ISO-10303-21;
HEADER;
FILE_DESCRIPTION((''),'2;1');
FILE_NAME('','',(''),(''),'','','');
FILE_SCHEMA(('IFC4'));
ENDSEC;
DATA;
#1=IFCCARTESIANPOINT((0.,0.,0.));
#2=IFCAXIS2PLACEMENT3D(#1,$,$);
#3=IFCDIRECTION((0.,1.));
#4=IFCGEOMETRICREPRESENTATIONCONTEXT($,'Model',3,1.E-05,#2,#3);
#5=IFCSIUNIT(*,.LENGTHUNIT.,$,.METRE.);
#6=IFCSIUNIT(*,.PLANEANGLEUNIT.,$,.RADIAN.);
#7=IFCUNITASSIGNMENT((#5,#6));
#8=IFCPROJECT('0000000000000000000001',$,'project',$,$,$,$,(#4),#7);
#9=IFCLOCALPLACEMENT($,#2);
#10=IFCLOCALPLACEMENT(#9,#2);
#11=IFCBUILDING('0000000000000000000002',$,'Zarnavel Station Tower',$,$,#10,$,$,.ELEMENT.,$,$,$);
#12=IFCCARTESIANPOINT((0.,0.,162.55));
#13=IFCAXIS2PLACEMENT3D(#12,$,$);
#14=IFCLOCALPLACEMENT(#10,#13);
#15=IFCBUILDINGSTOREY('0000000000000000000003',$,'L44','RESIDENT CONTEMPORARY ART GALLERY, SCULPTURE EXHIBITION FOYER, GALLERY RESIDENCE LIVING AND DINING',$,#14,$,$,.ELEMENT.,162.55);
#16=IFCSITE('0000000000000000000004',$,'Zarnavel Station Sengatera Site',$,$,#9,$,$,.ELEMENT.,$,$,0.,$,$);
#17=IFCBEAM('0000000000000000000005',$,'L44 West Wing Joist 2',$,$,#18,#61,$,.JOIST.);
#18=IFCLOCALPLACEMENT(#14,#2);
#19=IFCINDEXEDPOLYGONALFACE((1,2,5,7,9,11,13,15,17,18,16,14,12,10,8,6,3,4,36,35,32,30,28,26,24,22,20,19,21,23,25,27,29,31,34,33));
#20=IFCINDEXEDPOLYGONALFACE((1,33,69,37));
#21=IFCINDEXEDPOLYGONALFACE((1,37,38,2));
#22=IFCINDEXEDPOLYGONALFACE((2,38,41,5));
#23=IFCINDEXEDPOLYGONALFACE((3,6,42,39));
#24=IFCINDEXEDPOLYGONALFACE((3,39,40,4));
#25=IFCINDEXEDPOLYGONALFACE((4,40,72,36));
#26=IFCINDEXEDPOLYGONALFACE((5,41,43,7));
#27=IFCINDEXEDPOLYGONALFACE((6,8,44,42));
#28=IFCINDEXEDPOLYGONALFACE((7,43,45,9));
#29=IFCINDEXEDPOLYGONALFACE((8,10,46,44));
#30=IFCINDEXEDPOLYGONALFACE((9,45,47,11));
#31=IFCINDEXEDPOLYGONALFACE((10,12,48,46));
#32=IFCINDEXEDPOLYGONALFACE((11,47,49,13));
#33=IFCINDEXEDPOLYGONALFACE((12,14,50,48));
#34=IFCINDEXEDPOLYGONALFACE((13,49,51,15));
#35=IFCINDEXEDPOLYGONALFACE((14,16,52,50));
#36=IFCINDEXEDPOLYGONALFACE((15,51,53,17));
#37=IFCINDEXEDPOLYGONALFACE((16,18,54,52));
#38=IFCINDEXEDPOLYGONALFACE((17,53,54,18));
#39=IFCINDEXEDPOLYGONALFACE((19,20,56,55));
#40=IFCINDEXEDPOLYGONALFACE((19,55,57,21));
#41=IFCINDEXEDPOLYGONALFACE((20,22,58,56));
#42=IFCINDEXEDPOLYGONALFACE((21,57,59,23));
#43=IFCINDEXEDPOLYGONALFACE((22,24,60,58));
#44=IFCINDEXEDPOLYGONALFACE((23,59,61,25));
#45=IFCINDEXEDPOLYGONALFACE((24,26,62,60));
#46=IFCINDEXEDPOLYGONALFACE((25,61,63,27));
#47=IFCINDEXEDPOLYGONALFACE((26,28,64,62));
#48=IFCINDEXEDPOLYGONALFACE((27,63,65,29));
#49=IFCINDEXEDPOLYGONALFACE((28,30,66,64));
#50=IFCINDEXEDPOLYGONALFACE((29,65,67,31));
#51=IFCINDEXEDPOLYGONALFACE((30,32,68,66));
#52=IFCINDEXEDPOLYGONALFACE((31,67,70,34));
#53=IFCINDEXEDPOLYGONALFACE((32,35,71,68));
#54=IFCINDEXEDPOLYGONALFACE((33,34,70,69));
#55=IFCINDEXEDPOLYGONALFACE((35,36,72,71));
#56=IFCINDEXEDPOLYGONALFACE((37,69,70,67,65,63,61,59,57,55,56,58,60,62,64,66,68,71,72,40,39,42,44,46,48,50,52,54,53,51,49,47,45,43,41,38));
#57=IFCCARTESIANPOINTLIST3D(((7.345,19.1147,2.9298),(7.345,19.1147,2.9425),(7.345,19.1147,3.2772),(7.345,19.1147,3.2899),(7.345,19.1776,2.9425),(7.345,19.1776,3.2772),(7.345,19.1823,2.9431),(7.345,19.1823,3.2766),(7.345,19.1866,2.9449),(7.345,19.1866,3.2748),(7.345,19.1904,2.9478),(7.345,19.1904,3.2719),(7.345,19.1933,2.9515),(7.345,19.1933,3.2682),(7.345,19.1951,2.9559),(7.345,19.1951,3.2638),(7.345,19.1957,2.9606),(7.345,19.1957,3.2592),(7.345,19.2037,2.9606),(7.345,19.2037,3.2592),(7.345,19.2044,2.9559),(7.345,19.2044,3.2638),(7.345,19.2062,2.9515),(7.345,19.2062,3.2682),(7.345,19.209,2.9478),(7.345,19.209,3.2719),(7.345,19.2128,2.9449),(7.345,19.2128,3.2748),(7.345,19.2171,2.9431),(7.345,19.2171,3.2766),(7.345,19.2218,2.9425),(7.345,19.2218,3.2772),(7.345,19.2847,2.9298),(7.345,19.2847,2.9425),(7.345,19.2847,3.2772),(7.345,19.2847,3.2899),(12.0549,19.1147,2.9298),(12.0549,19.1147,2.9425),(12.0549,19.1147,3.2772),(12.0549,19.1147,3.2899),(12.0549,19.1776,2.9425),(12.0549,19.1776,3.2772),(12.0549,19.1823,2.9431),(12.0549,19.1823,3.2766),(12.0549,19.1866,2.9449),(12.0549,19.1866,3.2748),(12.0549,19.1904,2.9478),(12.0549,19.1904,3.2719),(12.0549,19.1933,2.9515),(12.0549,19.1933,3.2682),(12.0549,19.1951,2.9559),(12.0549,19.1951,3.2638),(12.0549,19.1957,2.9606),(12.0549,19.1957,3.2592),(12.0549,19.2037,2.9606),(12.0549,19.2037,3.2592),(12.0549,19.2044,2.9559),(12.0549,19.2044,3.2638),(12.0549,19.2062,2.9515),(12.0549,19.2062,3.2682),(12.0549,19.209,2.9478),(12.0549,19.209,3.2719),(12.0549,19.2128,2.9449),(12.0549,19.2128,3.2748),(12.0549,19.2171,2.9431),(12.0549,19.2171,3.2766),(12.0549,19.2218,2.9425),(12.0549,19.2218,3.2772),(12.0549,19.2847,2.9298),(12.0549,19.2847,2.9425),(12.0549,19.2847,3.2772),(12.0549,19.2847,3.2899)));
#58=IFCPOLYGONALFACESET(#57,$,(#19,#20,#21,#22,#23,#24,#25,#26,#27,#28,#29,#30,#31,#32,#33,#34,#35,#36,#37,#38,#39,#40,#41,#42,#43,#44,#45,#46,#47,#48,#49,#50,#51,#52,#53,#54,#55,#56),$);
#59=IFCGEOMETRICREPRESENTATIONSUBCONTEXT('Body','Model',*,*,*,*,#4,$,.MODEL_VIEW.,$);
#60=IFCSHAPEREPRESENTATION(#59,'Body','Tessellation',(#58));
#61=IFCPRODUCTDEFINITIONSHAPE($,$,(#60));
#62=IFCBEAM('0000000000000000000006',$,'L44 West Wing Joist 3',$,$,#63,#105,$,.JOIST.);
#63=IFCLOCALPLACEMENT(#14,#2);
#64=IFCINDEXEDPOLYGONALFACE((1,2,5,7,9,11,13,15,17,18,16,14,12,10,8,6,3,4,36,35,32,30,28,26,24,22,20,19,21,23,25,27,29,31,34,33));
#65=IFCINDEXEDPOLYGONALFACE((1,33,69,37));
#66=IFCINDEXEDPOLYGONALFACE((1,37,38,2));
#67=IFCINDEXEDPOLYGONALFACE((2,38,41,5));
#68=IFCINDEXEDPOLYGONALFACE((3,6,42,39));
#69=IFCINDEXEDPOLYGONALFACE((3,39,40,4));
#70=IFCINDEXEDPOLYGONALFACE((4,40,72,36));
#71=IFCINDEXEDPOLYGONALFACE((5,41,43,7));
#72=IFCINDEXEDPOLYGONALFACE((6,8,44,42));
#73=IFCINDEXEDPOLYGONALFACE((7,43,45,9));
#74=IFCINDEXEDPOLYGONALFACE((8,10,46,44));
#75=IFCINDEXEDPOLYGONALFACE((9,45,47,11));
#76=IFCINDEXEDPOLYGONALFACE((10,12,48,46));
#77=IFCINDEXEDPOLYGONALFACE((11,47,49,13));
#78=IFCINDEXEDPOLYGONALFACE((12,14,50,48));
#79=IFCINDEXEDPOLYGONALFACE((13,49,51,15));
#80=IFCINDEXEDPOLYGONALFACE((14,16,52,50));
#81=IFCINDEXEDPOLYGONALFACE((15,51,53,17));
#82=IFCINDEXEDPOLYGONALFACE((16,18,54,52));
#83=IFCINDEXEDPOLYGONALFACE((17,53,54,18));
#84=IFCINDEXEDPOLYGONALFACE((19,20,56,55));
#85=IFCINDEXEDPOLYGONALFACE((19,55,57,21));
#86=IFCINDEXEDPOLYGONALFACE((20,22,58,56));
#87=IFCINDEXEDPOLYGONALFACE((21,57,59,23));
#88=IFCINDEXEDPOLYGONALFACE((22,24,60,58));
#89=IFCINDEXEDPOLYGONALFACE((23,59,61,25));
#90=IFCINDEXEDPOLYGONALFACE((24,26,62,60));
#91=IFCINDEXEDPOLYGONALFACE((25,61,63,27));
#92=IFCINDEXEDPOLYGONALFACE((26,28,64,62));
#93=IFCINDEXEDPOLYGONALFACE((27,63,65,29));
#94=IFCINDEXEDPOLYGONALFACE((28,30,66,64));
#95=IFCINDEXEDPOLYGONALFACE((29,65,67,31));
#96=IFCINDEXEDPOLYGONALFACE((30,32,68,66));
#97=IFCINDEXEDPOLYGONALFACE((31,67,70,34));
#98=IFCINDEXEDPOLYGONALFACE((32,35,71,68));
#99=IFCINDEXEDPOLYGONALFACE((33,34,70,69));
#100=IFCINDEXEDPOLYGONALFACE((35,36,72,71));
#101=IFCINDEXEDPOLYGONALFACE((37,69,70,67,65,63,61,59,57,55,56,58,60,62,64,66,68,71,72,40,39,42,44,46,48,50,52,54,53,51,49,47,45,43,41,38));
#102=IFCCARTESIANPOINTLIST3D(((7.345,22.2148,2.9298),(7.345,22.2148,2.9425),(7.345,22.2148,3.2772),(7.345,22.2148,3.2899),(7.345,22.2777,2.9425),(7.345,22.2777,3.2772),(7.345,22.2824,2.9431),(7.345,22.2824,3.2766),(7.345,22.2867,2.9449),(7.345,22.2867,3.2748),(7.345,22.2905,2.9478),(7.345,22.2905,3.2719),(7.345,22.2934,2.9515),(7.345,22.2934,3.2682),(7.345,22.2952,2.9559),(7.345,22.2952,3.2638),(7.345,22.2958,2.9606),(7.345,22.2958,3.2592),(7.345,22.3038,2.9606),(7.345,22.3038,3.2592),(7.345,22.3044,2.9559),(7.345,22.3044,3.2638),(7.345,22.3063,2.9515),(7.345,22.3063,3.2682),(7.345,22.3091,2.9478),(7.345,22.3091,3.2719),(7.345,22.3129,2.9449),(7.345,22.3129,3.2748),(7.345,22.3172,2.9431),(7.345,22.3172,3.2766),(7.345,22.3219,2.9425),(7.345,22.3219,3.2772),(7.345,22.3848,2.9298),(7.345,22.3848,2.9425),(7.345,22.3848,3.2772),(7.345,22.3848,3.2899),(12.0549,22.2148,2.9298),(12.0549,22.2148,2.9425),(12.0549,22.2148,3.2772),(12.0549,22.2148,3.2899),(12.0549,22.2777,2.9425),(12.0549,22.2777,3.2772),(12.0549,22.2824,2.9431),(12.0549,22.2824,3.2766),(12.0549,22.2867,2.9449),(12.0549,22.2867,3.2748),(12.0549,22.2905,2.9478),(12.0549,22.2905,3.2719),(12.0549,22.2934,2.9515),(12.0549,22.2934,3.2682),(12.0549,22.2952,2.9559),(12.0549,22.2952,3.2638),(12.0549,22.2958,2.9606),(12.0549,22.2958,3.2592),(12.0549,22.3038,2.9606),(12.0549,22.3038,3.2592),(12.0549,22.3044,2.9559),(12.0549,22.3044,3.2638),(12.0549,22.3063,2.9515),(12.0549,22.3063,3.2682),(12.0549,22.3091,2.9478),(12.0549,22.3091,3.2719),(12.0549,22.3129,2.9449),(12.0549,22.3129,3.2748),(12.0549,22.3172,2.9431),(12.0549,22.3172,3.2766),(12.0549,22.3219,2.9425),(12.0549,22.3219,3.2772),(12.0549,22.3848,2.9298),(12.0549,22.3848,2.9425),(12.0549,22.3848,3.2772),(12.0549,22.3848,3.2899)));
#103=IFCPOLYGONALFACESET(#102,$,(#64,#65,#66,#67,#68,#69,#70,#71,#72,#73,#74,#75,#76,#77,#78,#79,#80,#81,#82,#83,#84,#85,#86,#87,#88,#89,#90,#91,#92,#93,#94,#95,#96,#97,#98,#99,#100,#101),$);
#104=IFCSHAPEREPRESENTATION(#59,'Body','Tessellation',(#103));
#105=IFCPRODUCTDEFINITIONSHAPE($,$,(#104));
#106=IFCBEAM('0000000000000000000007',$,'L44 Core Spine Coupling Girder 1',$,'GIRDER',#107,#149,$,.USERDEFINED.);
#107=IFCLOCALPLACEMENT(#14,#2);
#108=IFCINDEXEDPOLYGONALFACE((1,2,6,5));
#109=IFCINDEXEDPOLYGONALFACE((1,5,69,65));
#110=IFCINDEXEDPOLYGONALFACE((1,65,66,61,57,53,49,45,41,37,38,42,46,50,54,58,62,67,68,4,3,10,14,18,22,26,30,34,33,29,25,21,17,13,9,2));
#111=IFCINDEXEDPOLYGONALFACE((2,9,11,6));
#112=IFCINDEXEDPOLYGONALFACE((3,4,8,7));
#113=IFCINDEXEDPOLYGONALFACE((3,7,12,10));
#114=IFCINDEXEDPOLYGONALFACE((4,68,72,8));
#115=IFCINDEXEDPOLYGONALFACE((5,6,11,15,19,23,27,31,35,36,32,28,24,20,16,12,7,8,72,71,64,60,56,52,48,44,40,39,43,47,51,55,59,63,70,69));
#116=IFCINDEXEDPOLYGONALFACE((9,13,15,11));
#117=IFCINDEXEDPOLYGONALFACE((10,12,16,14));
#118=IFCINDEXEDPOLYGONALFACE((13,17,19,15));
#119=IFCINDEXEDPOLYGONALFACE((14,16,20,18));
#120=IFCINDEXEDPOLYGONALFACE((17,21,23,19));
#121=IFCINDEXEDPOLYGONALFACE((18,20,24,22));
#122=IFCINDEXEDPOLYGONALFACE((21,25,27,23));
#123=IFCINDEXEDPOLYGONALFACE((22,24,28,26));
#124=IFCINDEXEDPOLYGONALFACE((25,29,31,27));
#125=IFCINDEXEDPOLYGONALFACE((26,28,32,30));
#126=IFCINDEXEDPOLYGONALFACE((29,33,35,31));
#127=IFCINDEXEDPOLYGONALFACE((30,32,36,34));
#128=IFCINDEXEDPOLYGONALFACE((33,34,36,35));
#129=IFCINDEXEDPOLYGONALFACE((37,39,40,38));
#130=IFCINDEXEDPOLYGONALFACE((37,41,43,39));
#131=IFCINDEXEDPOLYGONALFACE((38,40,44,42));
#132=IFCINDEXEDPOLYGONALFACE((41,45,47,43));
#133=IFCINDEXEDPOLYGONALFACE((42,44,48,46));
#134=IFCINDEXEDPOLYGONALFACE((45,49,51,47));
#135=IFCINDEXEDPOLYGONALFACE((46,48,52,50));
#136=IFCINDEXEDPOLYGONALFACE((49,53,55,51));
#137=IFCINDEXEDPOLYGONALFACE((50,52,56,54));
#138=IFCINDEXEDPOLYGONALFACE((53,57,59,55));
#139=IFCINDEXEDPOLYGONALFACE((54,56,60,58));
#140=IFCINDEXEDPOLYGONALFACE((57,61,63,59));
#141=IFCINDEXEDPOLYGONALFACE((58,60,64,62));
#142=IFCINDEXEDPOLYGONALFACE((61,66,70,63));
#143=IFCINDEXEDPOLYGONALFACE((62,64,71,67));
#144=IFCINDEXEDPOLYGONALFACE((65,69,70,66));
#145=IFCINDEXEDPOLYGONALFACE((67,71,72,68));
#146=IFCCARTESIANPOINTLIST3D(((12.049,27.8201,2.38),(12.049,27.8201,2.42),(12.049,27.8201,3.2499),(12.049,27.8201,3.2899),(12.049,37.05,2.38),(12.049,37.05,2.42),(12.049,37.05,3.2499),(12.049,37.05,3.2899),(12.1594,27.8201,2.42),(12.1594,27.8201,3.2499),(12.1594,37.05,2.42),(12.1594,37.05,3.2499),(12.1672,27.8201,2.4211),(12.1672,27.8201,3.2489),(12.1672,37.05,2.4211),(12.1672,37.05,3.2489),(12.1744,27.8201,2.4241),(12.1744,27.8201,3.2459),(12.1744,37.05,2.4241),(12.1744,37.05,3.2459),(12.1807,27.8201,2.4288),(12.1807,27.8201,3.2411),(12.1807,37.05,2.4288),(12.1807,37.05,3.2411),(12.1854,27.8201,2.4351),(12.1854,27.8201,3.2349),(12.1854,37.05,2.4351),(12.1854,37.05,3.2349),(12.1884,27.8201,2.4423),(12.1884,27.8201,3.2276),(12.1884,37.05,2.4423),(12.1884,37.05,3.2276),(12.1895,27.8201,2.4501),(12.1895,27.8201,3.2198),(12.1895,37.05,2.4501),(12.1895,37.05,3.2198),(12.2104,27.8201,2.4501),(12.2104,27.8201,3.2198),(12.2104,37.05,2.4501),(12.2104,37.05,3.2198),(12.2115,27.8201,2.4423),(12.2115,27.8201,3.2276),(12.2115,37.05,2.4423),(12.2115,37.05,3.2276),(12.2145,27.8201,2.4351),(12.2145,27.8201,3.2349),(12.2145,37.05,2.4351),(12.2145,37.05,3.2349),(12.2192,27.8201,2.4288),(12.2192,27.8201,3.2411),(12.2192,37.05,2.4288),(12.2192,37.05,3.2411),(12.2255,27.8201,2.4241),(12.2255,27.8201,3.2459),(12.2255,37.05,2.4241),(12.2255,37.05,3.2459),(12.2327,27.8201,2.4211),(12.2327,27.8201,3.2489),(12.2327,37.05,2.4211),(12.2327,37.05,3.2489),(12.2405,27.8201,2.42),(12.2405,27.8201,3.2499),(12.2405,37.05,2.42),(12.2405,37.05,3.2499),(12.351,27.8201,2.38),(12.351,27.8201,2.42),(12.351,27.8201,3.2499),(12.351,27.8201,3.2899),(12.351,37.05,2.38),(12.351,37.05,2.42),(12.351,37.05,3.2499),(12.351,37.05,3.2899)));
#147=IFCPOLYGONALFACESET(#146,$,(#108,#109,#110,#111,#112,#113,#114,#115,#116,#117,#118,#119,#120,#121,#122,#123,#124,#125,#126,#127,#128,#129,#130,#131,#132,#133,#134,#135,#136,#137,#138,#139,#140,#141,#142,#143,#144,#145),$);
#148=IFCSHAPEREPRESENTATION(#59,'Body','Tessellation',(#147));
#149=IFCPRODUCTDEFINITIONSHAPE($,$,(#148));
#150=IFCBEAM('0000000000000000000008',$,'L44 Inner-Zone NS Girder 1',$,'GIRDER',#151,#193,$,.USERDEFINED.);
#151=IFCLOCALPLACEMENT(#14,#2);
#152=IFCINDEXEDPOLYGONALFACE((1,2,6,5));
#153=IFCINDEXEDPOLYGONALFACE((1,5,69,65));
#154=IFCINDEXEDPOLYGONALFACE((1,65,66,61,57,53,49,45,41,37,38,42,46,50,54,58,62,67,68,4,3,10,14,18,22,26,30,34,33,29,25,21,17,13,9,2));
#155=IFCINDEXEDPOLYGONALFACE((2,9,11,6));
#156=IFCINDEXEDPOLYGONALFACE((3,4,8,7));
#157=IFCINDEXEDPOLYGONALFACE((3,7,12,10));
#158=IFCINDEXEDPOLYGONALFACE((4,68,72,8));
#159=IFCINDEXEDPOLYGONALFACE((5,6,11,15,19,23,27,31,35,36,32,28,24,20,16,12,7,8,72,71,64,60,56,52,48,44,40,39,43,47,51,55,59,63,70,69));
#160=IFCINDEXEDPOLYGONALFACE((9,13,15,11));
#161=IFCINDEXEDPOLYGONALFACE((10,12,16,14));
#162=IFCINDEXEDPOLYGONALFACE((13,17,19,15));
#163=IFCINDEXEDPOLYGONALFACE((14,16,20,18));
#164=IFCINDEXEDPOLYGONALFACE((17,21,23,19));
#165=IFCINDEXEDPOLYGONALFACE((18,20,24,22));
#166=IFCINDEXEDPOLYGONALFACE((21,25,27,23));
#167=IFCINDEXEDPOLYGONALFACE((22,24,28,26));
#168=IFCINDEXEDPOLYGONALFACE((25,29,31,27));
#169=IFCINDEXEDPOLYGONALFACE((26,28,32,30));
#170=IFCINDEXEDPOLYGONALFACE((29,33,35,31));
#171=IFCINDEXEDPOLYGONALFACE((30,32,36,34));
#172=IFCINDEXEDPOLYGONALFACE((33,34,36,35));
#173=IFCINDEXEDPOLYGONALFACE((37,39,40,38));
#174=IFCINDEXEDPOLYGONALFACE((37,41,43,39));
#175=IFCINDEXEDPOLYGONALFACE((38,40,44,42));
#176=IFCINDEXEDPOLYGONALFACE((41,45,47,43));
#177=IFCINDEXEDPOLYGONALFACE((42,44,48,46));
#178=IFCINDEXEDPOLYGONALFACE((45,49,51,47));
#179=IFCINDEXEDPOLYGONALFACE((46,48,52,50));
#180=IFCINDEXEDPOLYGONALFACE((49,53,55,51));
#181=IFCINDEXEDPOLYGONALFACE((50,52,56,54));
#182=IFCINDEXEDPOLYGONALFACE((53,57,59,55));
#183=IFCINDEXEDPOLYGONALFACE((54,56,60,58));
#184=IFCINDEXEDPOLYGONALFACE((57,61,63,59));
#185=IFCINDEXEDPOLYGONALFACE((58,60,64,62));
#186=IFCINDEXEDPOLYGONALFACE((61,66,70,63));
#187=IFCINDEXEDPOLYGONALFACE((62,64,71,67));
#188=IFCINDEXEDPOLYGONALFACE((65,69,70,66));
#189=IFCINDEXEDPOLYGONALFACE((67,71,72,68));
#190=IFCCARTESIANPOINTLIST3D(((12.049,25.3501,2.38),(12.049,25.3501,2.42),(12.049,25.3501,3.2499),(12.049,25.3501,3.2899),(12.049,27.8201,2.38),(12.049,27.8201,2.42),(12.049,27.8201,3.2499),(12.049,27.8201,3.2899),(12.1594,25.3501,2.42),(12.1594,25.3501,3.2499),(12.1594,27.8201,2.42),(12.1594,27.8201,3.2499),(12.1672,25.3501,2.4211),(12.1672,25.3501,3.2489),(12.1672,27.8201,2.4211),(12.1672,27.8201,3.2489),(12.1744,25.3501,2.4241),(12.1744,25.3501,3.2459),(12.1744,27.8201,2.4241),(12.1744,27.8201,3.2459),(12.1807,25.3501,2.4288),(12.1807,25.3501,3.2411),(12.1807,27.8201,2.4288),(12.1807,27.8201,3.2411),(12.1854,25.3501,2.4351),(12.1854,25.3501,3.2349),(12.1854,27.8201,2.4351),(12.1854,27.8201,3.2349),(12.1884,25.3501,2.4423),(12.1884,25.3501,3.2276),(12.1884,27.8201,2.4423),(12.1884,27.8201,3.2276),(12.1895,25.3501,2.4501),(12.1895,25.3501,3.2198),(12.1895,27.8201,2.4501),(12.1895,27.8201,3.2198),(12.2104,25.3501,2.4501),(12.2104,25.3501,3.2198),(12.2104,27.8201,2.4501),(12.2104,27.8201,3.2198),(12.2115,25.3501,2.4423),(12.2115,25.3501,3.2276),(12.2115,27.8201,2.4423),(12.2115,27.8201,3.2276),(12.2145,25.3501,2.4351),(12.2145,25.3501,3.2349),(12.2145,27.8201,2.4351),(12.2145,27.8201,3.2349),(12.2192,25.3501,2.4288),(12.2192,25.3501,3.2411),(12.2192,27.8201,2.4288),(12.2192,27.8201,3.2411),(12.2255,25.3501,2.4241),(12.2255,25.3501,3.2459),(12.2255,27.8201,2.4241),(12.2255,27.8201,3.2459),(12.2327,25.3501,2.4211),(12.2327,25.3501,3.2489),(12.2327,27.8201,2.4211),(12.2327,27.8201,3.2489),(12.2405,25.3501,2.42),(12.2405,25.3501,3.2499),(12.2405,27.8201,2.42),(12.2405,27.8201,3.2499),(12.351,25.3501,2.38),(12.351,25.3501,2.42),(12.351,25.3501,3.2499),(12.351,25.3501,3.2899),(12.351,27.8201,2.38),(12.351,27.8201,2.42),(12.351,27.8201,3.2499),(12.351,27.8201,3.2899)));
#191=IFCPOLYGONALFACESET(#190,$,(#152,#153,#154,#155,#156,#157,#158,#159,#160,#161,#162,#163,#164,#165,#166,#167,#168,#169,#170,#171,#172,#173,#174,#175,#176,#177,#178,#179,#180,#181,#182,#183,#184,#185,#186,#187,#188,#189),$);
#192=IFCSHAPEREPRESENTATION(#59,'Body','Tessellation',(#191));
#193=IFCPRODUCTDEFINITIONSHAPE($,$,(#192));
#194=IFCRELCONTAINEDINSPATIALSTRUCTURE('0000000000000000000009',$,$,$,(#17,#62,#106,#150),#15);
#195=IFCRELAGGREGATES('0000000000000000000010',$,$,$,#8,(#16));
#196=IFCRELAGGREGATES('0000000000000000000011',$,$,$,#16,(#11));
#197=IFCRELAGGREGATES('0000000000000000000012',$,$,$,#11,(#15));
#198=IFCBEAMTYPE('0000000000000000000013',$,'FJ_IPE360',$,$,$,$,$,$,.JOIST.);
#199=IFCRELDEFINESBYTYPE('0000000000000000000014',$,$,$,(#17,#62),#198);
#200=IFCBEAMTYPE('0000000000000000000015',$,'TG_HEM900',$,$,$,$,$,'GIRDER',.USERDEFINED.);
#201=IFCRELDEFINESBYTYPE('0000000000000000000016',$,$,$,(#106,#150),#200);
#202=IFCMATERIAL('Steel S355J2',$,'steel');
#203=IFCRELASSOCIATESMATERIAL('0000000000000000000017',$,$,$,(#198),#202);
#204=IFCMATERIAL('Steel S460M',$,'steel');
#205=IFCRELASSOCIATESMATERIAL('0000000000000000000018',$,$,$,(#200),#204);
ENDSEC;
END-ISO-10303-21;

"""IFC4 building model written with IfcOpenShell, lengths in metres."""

from ifc_helpers import new_model, si_unit, direction, frame, origin, origin_2d, place, context, subcontext, project, spatial, i_section, extrude, material, material_profile, profile_set, type_object, element, save


model = new_model("IFC4")

# Units and contexts
model_context = context("Model", 3, precision=1e-05, world=origin(), true_north=direction((0.0, 1.0)))
body_context = subcontext(model_context, "Body", "Model", "MODEL_VIEW")
ifc_project = project(units=[si_unit("LENGTHUNIT", "METRE"), si_unit("PLANEANGLEUNIT", "RADIAN")], contexts=[model_context])

# Site, building, storey
site_placement = place(None, origin())
site = spatial("IfcSite", under=ifc_project, at=site_placement, Name="Zarnavel Station Sengatera Site", CompositionType="ELEMENT", RefElevation=0.0)
building_placement = place(site_placement, origin())
building = spatial("IfcBuilding", under=site, at=building_placement, Name="Zarnavel Station Tower", CompositionType="ELEMENT")
storey_placement = place(building_placement, frame((0.0, 0.0, 162.55)))
storey = spatial("IfcBuildingStorey", under=building, at=storey_placement, Name="L44", Description="RESIDENT CONTEMPORARY ART GALLERY, SCULPTURE EXHIBITION FOYER, GALLERY RESIDENCE LIVING AND DINING", CompositionType="ELEMENT", Elevation=162.55)

# Beams
ifc_material_1 = material(Name="Steel S355J2", Category="steel")
ifc_material_profile_1 = material_profile(ifc_material_1, i_section(OverallWidth=0.1699, OverallDepth=0.3601, WebThickness=0.0081, FlangeThickness=0.0127, FilletRadius=0.0181, at=origin_2d()), Name="IPE360")
ifc_profile_set_1 = profile_set([ifc_material_profile_1], Name="Steel S355J2")
beam_type_1 = type_object("IfcBeamType", Name="FJ_IPE360", PredefinedType="JOIST", material=ifc_profile_set_1)
for number, where, z_axis, x_axis, name in (
    (1, (7.345, 19.1997, 3.1099), (1.0, 0.0, 0.0), (0.0, 1.0, 0.0), "L44 West Wing Joist 2"),
    (2, (7.345, 22.2998, 3.1099), (1.0, 0.0, 0.0), (0.0, 1.0, 0.0), "L44 West Wing Joist 3"),
):
    element("IfcBeam", number, at=place(storey_placement, frame(where, z_axis=z_axis, x_axis=x_axis)), inside=storey, type_object=beam_type_1, Name=name, PredefinedType="JOIST", context=body_context, shape_type="SweptSolid", body=[
        extrude(i_section(OverallWidth=0.1699, OverallDepth=0.3601, WebThickness=0.0081, FlangeThickness=0.0127, FilletRadius=0.0181, at=origin_2d()), origin(), (0.0, 0.0, 1.0), 4.71),
    ])
ifc_material_2 = material(Name="Steel S460M", Category="steel")
ifc_material_profile_2 = material_profile(ifc_material_2, i_section(OverallWidth=0.302, OverallDepth=0.9099, WebThickness=0.021, FlangeThickness=0.04, FilletRadius=0.03, at=origin_2d()), Name="HEM900")
ifc_profile_set_2 = profile_set([ifc_material_profile_2], Name="Steel S460M")
beam_type_2 = type_object("IfcBeamType", Name="TG_HEM900", ElementType="GIRDER", PredefinedType="USERDEFINED", material=ifc_profile_set_2)
beam_1_placement = place(storey_placement, frame((12.2, 27.8201, 2.835), z_axis=(0.0, 1.0, 0.0), x_axis=(-1.0, 0.0, 0.0)))
element("IfcBeam", 3, at=beam_1_placement, inside=storey, type_object=beam_type_2, Name="L44 Core Spine Coupling Girder 1", ObjectType="GIRDER", PredefinedType="USERDEFINED", context=body_context, shape_type="SweptSolid", body=[
    extrude(i_section(OverallWidth=0.302, OverallDepth=0.9099, WebThickness=0.021, FlangeThickness=0.04, FilletRadius=0.03, at=origin_2d()), origin(), (0.0, 0.0, 1.0), 9.23),
])
beam_2_placement = place(storey_placement, frame((12.2, 25.3501, 2.835), z_axis=(0.0, 1.0, 0.0), x_axis=(-1.0, 0.0, 0.0)))
element("IfcBeam", 4, at=beam_2_placement, inside=storey, type_object=beam_type_2, Name="L44 Inner-Zone NS Girder 1", ObjectType="GIRDER", PredefinedType="USERDEFINED", context=body_context, shape_type="SweptSolid", body=[
    extrude(i_section(OverallWidth=0.302, OverallDepth=0.9099, WebThickness=0.021, FlangeThickness=0.04, FilletRadius=0.03, at=origin_2d()), origin(), (0.0, 0.0, 1.0), 2.47),
])

save(model, "model.ifc")
